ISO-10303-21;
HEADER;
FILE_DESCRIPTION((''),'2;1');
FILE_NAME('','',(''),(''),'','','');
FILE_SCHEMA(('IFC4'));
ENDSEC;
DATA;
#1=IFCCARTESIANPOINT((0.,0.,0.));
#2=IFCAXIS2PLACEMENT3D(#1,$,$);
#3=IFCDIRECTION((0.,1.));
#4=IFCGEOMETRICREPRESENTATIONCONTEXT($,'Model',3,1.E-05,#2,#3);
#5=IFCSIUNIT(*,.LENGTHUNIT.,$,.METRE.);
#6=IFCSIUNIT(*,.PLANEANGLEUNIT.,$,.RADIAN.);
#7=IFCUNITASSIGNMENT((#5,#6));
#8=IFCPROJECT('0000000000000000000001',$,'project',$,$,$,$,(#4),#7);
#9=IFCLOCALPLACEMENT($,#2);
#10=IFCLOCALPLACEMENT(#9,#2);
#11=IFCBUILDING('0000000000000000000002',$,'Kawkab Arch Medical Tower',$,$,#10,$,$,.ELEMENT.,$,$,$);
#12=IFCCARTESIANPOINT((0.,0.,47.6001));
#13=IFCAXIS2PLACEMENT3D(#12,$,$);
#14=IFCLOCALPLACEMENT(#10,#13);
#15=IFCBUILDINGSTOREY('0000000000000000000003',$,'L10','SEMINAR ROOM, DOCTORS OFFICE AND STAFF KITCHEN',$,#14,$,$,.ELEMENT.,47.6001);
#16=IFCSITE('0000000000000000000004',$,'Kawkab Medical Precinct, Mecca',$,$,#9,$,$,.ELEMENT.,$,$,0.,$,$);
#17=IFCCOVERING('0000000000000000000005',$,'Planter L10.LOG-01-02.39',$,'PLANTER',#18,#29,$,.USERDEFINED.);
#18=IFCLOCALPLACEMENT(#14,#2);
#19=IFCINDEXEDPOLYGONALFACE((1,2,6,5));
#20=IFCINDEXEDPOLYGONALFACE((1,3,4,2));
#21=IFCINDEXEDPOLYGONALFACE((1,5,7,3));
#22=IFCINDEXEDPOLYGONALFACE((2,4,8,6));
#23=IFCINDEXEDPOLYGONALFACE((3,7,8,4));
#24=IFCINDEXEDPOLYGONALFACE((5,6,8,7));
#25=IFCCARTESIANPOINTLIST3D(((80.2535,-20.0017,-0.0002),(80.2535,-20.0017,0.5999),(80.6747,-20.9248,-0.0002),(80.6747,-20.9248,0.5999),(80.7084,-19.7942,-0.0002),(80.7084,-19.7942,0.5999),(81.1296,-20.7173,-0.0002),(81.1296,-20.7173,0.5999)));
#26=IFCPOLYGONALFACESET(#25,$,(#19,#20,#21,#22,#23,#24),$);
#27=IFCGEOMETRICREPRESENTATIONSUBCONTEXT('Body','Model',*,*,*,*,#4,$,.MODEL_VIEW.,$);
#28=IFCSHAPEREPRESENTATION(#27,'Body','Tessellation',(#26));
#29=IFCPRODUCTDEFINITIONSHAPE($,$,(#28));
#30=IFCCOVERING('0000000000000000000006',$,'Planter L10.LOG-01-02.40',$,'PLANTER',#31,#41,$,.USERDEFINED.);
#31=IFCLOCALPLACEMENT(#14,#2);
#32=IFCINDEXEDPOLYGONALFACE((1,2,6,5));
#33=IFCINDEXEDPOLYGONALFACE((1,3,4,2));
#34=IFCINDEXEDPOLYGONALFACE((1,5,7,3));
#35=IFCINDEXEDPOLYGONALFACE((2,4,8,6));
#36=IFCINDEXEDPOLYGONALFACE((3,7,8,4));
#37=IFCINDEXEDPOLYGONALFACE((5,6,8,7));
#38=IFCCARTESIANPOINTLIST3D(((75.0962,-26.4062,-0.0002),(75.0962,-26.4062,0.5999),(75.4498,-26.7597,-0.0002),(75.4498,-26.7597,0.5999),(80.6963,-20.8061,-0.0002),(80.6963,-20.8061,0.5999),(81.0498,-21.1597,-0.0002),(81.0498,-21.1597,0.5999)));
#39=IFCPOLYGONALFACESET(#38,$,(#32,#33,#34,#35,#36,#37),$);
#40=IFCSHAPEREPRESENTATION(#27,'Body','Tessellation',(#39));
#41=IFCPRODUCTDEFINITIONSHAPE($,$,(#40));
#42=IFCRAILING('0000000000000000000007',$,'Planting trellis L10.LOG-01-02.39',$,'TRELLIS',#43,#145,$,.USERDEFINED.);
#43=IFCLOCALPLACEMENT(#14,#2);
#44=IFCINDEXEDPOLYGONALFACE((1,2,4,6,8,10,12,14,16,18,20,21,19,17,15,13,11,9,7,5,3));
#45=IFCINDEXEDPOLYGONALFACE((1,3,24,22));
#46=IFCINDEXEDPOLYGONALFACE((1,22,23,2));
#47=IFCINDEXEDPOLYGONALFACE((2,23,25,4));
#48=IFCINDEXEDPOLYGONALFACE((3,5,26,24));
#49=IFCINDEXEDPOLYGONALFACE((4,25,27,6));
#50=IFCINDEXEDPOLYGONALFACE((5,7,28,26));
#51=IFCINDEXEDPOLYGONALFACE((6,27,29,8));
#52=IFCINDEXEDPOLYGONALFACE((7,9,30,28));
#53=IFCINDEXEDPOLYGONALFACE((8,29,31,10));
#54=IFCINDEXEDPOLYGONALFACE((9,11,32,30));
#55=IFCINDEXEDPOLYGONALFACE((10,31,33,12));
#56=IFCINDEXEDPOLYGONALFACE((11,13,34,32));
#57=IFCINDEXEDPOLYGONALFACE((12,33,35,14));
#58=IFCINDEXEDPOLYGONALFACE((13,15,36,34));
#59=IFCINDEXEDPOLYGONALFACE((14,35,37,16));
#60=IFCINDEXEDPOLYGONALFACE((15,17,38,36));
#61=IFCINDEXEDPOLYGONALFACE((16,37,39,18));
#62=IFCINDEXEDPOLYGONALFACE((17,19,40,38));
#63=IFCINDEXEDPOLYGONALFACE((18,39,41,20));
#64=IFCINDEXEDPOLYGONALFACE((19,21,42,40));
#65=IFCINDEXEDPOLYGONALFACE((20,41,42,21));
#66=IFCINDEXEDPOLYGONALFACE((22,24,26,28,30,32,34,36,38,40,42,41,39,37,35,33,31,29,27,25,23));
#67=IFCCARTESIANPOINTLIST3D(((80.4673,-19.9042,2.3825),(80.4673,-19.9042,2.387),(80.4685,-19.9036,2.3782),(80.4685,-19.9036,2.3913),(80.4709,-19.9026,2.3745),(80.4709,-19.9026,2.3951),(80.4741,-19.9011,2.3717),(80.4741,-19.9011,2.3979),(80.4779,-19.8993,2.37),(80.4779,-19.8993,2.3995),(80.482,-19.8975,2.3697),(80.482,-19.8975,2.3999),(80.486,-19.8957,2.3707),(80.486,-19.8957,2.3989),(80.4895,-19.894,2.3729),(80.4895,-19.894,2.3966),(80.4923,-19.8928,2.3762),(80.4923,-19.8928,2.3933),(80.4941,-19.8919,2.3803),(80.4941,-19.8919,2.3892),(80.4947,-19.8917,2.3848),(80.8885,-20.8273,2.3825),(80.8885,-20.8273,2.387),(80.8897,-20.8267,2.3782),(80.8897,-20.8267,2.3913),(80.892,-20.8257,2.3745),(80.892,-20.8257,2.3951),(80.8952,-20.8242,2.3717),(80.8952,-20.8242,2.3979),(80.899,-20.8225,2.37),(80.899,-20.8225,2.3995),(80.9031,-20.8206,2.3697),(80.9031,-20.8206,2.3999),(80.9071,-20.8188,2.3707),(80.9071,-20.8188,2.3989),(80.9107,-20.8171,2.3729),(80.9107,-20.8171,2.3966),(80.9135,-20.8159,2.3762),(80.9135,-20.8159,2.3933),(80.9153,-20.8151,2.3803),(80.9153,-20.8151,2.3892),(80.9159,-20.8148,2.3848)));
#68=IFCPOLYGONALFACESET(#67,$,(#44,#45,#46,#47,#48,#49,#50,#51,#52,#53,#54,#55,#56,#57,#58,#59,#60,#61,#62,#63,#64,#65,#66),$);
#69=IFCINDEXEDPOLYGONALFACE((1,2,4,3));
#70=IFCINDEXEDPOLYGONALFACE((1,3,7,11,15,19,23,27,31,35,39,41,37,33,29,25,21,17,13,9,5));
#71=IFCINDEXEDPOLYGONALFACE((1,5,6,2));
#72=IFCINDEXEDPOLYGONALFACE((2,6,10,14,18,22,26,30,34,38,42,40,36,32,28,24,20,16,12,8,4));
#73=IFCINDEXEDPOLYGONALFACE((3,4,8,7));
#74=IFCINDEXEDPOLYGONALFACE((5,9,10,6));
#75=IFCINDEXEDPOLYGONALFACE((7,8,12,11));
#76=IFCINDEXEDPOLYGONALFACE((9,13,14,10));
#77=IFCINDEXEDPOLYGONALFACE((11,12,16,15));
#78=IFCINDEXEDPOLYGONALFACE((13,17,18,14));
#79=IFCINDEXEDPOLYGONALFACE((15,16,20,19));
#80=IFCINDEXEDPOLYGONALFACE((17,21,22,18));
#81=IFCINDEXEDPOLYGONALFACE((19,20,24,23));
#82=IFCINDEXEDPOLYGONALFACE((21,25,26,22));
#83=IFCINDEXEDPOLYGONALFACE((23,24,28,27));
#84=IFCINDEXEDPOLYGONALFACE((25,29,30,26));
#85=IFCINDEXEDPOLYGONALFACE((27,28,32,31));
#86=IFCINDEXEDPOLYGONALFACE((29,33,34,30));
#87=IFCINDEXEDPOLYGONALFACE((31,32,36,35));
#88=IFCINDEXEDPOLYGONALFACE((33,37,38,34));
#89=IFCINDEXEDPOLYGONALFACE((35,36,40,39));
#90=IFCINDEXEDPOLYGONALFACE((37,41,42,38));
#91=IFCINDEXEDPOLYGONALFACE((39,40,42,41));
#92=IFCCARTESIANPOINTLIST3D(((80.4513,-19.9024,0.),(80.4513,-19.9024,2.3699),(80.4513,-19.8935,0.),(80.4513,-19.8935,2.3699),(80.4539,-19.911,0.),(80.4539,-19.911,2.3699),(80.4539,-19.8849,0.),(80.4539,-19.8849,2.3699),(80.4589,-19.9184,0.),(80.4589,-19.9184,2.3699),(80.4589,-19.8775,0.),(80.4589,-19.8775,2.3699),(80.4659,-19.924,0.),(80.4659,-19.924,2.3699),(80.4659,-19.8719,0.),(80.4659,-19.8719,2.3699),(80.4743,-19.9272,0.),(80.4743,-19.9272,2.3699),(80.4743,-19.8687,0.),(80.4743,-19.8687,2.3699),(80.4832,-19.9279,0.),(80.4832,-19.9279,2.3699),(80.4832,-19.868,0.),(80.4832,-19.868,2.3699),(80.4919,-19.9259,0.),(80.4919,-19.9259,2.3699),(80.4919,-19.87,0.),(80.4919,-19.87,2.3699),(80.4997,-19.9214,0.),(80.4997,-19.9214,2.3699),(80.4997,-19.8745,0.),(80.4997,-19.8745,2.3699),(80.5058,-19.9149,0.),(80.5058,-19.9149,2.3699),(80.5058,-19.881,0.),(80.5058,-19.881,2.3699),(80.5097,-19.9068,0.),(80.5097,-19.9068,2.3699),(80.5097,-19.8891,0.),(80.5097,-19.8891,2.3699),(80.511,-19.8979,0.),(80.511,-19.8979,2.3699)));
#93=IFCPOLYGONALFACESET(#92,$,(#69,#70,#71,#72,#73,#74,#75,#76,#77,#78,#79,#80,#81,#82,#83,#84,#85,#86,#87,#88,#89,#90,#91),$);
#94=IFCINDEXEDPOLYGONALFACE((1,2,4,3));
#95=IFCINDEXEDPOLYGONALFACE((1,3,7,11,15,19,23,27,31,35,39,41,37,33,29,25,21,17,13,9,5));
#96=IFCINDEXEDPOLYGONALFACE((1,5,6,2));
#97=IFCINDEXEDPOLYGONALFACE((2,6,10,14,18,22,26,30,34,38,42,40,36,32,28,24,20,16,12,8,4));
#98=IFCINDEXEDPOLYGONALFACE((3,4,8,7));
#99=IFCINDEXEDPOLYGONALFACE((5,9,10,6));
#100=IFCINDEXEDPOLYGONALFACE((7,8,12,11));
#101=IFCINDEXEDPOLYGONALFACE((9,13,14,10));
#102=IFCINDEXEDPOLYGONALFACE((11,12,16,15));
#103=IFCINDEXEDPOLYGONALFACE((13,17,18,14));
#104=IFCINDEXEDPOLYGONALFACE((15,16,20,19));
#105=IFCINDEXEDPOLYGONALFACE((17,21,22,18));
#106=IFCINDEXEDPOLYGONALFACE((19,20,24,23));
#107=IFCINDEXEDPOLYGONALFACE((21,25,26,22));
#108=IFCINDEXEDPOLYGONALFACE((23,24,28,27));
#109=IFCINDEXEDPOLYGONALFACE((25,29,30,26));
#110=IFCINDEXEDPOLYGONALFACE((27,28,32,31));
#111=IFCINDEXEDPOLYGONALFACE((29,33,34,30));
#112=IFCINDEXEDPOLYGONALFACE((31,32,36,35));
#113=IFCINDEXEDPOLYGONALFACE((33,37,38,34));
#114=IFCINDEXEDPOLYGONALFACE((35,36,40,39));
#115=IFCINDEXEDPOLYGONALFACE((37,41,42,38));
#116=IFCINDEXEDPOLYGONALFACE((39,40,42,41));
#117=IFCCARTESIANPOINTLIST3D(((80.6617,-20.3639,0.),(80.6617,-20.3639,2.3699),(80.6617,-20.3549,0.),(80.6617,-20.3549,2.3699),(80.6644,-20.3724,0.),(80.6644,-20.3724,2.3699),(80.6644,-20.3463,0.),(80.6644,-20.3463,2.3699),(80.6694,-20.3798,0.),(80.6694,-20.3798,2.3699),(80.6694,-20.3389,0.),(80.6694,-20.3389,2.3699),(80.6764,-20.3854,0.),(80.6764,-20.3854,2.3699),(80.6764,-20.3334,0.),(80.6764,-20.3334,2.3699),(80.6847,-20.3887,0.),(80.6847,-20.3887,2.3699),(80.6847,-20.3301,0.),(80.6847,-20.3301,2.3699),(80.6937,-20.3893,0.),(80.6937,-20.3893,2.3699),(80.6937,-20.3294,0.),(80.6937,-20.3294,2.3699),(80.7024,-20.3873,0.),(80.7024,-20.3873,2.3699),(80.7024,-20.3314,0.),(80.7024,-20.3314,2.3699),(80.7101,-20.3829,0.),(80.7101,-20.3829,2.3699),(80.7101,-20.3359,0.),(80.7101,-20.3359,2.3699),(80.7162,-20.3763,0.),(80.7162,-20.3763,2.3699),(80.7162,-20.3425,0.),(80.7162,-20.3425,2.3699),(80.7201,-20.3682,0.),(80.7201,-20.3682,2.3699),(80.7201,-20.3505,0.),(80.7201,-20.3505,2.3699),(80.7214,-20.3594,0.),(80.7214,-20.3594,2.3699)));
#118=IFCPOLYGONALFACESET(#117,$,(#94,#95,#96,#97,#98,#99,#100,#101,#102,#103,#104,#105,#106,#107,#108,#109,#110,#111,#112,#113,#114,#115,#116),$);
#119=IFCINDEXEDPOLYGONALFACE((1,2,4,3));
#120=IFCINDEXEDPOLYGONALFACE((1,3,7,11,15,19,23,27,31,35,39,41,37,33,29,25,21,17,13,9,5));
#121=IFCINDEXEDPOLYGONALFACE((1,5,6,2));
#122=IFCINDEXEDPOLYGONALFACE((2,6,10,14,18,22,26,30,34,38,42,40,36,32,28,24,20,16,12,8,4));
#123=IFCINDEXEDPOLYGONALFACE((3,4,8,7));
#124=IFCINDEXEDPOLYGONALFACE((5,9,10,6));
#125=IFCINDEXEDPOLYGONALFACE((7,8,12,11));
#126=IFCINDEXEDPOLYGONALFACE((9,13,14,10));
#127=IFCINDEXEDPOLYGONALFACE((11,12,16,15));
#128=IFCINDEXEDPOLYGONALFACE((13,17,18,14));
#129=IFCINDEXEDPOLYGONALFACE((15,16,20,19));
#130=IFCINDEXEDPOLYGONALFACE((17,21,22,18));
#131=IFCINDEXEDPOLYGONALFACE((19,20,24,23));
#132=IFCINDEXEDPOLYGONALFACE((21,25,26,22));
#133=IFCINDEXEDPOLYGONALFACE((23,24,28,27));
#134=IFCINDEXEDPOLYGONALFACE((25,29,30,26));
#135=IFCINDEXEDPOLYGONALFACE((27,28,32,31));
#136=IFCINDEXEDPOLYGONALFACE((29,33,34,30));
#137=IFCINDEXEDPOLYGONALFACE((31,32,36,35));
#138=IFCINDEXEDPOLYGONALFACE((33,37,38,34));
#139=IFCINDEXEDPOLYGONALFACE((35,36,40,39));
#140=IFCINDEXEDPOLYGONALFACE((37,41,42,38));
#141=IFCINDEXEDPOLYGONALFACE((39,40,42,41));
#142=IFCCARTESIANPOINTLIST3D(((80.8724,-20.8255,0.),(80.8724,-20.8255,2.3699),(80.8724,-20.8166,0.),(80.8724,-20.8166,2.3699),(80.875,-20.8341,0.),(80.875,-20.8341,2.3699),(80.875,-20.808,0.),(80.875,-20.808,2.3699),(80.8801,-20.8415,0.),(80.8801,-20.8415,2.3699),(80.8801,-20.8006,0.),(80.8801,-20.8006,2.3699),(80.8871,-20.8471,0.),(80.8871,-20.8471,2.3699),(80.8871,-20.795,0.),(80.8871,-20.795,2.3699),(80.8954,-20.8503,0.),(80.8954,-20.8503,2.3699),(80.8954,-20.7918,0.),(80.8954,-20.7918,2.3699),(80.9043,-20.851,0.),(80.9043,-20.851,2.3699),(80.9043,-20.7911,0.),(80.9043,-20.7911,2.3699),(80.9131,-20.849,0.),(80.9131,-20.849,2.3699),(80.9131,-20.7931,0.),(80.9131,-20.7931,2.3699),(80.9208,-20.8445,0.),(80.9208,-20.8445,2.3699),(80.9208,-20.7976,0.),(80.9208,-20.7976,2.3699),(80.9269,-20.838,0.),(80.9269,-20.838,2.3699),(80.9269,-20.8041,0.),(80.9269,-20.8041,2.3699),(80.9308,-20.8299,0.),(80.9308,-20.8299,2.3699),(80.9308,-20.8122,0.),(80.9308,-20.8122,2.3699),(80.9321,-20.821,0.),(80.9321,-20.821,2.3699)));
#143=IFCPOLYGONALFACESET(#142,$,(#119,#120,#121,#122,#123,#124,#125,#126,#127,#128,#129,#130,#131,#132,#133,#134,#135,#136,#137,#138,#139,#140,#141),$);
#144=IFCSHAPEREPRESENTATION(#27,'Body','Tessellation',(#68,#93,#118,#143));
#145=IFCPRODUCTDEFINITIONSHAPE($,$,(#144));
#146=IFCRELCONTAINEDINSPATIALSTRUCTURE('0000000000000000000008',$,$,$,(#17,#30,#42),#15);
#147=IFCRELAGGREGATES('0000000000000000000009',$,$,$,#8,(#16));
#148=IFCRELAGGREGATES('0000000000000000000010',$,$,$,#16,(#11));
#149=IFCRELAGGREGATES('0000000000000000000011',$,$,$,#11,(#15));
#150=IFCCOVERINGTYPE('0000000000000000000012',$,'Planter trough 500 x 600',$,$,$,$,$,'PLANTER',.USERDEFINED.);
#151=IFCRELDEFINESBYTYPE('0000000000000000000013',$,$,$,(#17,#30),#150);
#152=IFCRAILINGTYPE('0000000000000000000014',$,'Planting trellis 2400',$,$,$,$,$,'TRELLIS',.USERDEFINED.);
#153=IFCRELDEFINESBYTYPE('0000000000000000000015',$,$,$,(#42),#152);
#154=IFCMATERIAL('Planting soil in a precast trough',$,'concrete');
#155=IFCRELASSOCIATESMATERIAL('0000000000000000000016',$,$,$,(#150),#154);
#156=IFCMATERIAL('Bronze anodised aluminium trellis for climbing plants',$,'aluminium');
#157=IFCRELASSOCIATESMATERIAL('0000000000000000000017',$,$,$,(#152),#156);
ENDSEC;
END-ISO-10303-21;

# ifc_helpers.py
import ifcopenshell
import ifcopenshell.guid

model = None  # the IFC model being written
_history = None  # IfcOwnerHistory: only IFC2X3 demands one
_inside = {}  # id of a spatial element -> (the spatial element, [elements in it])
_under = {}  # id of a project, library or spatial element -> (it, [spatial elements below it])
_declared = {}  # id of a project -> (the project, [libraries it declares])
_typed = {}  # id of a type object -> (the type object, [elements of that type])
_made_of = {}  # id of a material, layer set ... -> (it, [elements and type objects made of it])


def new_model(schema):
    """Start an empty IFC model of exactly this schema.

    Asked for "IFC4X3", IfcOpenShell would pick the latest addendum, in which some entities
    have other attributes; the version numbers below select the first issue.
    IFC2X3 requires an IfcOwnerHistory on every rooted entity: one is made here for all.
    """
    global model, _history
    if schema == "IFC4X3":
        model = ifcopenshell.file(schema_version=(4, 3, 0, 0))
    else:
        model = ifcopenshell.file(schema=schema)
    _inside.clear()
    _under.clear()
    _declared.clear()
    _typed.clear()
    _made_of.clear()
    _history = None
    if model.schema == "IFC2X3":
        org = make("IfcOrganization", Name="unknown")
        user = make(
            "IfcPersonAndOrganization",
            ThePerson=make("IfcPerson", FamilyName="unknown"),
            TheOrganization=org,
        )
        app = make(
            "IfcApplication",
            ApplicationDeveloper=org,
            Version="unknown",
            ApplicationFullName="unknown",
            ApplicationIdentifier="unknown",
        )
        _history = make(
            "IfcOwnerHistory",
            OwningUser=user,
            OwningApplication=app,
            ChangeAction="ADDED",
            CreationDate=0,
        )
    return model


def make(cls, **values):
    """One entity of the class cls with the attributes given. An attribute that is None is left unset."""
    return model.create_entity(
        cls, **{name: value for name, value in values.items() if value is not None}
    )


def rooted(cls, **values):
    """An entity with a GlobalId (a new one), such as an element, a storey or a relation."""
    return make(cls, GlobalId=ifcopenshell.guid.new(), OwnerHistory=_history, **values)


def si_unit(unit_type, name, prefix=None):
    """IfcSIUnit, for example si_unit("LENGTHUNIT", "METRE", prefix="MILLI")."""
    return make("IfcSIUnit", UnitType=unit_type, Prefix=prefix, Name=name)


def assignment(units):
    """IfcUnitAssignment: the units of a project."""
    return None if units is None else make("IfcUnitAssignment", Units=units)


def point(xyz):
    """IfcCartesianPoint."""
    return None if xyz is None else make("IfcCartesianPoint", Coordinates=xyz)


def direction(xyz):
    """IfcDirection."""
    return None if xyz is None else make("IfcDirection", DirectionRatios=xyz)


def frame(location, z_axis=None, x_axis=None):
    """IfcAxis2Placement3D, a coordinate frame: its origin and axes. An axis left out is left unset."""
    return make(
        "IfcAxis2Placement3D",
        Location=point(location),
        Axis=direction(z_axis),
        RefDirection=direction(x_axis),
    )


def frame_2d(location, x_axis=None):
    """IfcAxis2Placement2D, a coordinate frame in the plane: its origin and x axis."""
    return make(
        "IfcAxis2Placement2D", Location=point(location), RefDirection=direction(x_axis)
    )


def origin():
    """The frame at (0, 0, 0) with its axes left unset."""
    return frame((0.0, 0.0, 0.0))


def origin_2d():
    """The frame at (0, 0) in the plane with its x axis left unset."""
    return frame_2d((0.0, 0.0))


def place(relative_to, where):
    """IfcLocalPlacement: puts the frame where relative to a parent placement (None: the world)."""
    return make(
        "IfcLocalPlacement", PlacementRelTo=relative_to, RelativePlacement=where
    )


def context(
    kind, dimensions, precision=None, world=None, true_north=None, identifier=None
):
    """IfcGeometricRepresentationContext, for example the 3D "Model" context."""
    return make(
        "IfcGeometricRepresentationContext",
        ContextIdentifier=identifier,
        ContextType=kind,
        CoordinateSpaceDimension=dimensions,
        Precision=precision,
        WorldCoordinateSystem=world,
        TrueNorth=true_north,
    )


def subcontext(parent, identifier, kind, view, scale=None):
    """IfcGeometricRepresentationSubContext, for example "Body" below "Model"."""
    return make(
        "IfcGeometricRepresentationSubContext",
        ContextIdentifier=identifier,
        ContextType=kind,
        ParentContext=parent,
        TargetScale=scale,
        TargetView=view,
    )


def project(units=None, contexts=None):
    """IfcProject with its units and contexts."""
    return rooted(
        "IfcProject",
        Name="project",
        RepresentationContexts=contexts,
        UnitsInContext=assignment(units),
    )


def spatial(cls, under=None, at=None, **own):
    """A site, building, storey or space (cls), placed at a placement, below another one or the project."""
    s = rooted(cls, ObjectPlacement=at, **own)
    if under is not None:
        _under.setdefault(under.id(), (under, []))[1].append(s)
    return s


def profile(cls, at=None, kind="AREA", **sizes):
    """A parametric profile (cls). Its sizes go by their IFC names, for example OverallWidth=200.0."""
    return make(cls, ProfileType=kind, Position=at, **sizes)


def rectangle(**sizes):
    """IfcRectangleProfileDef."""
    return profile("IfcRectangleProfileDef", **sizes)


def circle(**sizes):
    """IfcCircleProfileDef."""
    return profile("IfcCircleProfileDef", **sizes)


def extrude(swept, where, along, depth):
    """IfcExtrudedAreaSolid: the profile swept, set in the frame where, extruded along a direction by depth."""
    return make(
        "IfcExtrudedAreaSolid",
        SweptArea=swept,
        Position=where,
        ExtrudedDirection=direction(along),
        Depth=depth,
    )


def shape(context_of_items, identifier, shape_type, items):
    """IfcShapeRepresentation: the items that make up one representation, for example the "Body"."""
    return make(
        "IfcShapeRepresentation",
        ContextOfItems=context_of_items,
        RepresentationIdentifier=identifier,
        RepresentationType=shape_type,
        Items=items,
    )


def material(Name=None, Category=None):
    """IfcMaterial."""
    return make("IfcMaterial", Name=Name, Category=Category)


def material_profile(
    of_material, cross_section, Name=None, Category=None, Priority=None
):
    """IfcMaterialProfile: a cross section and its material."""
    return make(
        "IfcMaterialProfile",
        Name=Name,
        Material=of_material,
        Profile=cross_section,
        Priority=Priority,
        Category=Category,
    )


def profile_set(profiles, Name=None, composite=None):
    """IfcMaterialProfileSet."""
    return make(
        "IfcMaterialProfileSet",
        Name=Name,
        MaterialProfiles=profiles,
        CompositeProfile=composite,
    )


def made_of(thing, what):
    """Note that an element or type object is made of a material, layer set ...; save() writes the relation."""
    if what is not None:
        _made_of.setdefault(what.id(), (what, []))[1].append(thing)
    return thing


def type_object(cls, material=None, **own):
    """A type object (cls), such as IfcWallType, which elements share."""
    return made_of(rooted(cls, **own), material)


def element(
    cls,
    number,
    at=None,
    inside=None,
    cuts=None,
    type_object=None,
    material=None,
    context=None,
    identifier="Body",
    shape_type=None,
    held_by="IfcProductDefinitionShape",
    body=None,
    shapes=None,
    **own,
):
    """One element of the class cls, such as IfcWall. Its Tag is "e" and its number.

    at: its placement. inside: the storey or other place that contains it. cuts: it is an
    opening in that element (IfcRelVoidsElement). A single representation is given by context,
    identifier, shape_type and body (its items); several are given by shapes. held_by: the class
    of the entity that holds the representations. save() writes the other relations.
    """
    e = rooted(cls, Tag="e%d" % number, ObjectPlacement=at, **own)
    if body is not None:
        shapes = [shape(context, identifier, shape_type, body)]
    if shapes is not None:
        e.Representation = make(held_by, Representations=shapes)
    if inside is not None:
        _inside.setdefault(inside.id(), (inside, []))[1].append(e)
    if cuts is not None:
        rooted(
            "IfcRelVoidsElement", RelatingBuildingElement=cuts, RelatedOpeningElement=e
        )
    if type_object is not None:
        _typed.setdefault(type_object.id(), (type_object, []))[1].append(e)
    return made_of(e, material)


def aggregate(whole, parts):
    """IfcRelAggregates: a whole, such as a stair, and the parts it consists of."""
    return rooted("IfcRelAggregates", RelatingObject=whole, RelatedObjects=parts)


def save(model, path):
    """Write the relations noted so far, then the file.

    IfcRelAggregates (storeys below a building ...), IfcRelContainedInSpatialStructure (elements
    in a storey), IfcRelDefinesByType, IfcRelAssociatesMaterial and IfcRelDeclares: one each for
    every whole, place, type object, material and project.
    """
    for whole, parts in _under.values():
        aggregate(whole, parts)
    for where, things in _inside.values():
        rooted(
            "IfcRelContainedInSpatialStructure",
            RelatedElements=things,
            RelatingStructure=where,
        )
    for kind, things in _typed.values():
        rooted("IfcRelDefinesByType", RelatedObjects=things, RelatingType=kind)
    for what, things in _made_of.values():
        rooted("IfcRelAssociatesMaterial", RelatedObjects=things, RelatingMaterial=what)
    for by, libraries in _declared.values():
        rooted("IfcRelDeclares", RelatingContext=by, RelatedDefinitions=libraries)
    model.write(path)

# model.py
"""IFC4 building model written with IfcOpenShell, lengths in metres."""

from ifc_helpers import new_model, si_unit, direction, frame, origin, origin_2d, place, context, subcontext, project, spatial, rectangle, circle, extrude, material, material_profile, profile_set, type_object, element, save


model = new_model("IFC4")

# Units and contexts
model_context = context("Model", 3, precision=1e-05, world=origin(), true_north=direction((0.0, 1.0)))
body_context = subcontext(model_context, "Body", "Model", "MODEL_VIEW")
ifc_project = project(units=[si_unit("LENGTHUNIT", "METRE"), si_unit("PLANEANGLEUNIT", "RADIAN")], contexts=[model_context])

# Site, building, storey
site_placement = place(None, origin())
site = spatial("IfcSite", under=ifc_project, at=site_placement, Name="Kawkab Medical Precinct, Mecca", CompositionType="ELEMENT", RefElevation=0.0)
building_placement = place(site_placement, origin())
building = spatial("IfcBuilding", under=site, at=building_placement, Name="Kawkab Arch Medical Tower", CompositionType="ELEMENT")
storey_placement = place(building_placement, frame((0.0, 0.0, 47.6001)))
storey = spatial("IfcBuildingStorey", under=building, at=storey_placement, Name="L10", Description="SEMINAR ROOM, DOCTORS OFFICE AND STAFF KITCHEN", CompositionType="ELEMENT", Elevation=47.6001)

# Coverings
ifc_material_1 = material(Name="Planting soil in a precast trough", Category="concrete")
ifc_material_profile_1 = material_profile(ifc_material_1, rectangle(XDim=0.5, YDim=0.6001, at=origin_2d()), Name="Trough 500x600")
ifc_profile_set_1 = profile_set([ifc_material_profile_1], Name="Planting soil in a precast trough")
covering_type_1 = type_object("IfcCoveringType", Name="Planter trough 500 x 600", ElementType="PLANTER", PredefinedType="USERDEFINED", material=ifc_profile_set_1)
covering_1_placement = place(storey_placement, frame((80.481, -19.8979, 0.2998), z_axis=(0.415072, -0.909789, 0.0), x_axis=(0.909789, 0.415072, 0.0)))
element("IfcCovering", 1, at=covering_1_placement, inside=storey, type_object=covering_type_1, Name="Planter L10.LOG-01-02.39", ObjectType="PLANTER", PredefinedType="USERDEFINED", context=body_context, shape_type="SweptSolid", body=[
    extrude(rectangle(XDim=0.5, YDim=0.6001, at=origin_2d()), origin(), (0.0, 0.0, 1.0), 1.0146),
])
covering_2_placement = place(storey_placement, frame((80.873, -20.9829, 0.2998), z_axis=(-0.707107, -0.707107, 0.0), x_axis=(0.707107, -0.707107, 0.0)))
element("IfcCovering", 2, at=covering_2_placement, inside=storey, type_object=covering_type_1, Name="Planter L10.LOG-01-02.40", ObjectType="PLANTER", PredefinedType="USERDEFINED", context=body_context, shape_type="SweptSolid", body=[
    extrude(rectangle(XDim=0.5, YDim=0.6001, at=origin_2d()), origin(), (0.0, 0.0, 1.0), 7.9197),
])

# Railing
ifc_material_2 = material(Name="Bronze anodised aluminium trellis for climbing plants", Category="aluminium")
railing_type_1 = type_object("IfcRailingType", Name="Planting trellis 2400", ElementType="TRELLIS", PredefinedType="USERDEFINED", material=ifc_material_2)
railing_1_placement = place(storey_placement, frame((80.481, -19.8979, 0.0)))
element("IfcRailing", 3, at=railing_1_placement, inside=storey, type_object=railing_type_1, Name="Planting trellis L10.LOG-01-02.39", ObjectType="TRELLIS", PredefinedType="USERDEFINED", context=body_context, shape_type="SweptSolid", body=[
    extrude(circle(Radius=0.0151, at=origin_2d()), frame((0.0, 0.0, 2.3848), z_axis=(0.415072, -0.909789, 0.0), x_axis=(0.909789, 0.415072, 0.0)), (0.0, 0.0, 1.0), 1.0146),
    extrude(circle(Radius=0.03, at=origin_2d()), origin(), (0.0, 0.0, 1.0), 2.3699),
    extrude(circle(Radius=0.03, at=origin_2d()), frame((0.2104, -0.4614, 0.0)), (0.0, 0.0, 1.0), 2.3699),
    extrude(circle(Radius=0.03, at=origin_2d()), frame((0.4211, -0.9231, 0.0)), (0.0, 0.0, 1.0), 2.3699),
])

save(model, "model.ifc")
